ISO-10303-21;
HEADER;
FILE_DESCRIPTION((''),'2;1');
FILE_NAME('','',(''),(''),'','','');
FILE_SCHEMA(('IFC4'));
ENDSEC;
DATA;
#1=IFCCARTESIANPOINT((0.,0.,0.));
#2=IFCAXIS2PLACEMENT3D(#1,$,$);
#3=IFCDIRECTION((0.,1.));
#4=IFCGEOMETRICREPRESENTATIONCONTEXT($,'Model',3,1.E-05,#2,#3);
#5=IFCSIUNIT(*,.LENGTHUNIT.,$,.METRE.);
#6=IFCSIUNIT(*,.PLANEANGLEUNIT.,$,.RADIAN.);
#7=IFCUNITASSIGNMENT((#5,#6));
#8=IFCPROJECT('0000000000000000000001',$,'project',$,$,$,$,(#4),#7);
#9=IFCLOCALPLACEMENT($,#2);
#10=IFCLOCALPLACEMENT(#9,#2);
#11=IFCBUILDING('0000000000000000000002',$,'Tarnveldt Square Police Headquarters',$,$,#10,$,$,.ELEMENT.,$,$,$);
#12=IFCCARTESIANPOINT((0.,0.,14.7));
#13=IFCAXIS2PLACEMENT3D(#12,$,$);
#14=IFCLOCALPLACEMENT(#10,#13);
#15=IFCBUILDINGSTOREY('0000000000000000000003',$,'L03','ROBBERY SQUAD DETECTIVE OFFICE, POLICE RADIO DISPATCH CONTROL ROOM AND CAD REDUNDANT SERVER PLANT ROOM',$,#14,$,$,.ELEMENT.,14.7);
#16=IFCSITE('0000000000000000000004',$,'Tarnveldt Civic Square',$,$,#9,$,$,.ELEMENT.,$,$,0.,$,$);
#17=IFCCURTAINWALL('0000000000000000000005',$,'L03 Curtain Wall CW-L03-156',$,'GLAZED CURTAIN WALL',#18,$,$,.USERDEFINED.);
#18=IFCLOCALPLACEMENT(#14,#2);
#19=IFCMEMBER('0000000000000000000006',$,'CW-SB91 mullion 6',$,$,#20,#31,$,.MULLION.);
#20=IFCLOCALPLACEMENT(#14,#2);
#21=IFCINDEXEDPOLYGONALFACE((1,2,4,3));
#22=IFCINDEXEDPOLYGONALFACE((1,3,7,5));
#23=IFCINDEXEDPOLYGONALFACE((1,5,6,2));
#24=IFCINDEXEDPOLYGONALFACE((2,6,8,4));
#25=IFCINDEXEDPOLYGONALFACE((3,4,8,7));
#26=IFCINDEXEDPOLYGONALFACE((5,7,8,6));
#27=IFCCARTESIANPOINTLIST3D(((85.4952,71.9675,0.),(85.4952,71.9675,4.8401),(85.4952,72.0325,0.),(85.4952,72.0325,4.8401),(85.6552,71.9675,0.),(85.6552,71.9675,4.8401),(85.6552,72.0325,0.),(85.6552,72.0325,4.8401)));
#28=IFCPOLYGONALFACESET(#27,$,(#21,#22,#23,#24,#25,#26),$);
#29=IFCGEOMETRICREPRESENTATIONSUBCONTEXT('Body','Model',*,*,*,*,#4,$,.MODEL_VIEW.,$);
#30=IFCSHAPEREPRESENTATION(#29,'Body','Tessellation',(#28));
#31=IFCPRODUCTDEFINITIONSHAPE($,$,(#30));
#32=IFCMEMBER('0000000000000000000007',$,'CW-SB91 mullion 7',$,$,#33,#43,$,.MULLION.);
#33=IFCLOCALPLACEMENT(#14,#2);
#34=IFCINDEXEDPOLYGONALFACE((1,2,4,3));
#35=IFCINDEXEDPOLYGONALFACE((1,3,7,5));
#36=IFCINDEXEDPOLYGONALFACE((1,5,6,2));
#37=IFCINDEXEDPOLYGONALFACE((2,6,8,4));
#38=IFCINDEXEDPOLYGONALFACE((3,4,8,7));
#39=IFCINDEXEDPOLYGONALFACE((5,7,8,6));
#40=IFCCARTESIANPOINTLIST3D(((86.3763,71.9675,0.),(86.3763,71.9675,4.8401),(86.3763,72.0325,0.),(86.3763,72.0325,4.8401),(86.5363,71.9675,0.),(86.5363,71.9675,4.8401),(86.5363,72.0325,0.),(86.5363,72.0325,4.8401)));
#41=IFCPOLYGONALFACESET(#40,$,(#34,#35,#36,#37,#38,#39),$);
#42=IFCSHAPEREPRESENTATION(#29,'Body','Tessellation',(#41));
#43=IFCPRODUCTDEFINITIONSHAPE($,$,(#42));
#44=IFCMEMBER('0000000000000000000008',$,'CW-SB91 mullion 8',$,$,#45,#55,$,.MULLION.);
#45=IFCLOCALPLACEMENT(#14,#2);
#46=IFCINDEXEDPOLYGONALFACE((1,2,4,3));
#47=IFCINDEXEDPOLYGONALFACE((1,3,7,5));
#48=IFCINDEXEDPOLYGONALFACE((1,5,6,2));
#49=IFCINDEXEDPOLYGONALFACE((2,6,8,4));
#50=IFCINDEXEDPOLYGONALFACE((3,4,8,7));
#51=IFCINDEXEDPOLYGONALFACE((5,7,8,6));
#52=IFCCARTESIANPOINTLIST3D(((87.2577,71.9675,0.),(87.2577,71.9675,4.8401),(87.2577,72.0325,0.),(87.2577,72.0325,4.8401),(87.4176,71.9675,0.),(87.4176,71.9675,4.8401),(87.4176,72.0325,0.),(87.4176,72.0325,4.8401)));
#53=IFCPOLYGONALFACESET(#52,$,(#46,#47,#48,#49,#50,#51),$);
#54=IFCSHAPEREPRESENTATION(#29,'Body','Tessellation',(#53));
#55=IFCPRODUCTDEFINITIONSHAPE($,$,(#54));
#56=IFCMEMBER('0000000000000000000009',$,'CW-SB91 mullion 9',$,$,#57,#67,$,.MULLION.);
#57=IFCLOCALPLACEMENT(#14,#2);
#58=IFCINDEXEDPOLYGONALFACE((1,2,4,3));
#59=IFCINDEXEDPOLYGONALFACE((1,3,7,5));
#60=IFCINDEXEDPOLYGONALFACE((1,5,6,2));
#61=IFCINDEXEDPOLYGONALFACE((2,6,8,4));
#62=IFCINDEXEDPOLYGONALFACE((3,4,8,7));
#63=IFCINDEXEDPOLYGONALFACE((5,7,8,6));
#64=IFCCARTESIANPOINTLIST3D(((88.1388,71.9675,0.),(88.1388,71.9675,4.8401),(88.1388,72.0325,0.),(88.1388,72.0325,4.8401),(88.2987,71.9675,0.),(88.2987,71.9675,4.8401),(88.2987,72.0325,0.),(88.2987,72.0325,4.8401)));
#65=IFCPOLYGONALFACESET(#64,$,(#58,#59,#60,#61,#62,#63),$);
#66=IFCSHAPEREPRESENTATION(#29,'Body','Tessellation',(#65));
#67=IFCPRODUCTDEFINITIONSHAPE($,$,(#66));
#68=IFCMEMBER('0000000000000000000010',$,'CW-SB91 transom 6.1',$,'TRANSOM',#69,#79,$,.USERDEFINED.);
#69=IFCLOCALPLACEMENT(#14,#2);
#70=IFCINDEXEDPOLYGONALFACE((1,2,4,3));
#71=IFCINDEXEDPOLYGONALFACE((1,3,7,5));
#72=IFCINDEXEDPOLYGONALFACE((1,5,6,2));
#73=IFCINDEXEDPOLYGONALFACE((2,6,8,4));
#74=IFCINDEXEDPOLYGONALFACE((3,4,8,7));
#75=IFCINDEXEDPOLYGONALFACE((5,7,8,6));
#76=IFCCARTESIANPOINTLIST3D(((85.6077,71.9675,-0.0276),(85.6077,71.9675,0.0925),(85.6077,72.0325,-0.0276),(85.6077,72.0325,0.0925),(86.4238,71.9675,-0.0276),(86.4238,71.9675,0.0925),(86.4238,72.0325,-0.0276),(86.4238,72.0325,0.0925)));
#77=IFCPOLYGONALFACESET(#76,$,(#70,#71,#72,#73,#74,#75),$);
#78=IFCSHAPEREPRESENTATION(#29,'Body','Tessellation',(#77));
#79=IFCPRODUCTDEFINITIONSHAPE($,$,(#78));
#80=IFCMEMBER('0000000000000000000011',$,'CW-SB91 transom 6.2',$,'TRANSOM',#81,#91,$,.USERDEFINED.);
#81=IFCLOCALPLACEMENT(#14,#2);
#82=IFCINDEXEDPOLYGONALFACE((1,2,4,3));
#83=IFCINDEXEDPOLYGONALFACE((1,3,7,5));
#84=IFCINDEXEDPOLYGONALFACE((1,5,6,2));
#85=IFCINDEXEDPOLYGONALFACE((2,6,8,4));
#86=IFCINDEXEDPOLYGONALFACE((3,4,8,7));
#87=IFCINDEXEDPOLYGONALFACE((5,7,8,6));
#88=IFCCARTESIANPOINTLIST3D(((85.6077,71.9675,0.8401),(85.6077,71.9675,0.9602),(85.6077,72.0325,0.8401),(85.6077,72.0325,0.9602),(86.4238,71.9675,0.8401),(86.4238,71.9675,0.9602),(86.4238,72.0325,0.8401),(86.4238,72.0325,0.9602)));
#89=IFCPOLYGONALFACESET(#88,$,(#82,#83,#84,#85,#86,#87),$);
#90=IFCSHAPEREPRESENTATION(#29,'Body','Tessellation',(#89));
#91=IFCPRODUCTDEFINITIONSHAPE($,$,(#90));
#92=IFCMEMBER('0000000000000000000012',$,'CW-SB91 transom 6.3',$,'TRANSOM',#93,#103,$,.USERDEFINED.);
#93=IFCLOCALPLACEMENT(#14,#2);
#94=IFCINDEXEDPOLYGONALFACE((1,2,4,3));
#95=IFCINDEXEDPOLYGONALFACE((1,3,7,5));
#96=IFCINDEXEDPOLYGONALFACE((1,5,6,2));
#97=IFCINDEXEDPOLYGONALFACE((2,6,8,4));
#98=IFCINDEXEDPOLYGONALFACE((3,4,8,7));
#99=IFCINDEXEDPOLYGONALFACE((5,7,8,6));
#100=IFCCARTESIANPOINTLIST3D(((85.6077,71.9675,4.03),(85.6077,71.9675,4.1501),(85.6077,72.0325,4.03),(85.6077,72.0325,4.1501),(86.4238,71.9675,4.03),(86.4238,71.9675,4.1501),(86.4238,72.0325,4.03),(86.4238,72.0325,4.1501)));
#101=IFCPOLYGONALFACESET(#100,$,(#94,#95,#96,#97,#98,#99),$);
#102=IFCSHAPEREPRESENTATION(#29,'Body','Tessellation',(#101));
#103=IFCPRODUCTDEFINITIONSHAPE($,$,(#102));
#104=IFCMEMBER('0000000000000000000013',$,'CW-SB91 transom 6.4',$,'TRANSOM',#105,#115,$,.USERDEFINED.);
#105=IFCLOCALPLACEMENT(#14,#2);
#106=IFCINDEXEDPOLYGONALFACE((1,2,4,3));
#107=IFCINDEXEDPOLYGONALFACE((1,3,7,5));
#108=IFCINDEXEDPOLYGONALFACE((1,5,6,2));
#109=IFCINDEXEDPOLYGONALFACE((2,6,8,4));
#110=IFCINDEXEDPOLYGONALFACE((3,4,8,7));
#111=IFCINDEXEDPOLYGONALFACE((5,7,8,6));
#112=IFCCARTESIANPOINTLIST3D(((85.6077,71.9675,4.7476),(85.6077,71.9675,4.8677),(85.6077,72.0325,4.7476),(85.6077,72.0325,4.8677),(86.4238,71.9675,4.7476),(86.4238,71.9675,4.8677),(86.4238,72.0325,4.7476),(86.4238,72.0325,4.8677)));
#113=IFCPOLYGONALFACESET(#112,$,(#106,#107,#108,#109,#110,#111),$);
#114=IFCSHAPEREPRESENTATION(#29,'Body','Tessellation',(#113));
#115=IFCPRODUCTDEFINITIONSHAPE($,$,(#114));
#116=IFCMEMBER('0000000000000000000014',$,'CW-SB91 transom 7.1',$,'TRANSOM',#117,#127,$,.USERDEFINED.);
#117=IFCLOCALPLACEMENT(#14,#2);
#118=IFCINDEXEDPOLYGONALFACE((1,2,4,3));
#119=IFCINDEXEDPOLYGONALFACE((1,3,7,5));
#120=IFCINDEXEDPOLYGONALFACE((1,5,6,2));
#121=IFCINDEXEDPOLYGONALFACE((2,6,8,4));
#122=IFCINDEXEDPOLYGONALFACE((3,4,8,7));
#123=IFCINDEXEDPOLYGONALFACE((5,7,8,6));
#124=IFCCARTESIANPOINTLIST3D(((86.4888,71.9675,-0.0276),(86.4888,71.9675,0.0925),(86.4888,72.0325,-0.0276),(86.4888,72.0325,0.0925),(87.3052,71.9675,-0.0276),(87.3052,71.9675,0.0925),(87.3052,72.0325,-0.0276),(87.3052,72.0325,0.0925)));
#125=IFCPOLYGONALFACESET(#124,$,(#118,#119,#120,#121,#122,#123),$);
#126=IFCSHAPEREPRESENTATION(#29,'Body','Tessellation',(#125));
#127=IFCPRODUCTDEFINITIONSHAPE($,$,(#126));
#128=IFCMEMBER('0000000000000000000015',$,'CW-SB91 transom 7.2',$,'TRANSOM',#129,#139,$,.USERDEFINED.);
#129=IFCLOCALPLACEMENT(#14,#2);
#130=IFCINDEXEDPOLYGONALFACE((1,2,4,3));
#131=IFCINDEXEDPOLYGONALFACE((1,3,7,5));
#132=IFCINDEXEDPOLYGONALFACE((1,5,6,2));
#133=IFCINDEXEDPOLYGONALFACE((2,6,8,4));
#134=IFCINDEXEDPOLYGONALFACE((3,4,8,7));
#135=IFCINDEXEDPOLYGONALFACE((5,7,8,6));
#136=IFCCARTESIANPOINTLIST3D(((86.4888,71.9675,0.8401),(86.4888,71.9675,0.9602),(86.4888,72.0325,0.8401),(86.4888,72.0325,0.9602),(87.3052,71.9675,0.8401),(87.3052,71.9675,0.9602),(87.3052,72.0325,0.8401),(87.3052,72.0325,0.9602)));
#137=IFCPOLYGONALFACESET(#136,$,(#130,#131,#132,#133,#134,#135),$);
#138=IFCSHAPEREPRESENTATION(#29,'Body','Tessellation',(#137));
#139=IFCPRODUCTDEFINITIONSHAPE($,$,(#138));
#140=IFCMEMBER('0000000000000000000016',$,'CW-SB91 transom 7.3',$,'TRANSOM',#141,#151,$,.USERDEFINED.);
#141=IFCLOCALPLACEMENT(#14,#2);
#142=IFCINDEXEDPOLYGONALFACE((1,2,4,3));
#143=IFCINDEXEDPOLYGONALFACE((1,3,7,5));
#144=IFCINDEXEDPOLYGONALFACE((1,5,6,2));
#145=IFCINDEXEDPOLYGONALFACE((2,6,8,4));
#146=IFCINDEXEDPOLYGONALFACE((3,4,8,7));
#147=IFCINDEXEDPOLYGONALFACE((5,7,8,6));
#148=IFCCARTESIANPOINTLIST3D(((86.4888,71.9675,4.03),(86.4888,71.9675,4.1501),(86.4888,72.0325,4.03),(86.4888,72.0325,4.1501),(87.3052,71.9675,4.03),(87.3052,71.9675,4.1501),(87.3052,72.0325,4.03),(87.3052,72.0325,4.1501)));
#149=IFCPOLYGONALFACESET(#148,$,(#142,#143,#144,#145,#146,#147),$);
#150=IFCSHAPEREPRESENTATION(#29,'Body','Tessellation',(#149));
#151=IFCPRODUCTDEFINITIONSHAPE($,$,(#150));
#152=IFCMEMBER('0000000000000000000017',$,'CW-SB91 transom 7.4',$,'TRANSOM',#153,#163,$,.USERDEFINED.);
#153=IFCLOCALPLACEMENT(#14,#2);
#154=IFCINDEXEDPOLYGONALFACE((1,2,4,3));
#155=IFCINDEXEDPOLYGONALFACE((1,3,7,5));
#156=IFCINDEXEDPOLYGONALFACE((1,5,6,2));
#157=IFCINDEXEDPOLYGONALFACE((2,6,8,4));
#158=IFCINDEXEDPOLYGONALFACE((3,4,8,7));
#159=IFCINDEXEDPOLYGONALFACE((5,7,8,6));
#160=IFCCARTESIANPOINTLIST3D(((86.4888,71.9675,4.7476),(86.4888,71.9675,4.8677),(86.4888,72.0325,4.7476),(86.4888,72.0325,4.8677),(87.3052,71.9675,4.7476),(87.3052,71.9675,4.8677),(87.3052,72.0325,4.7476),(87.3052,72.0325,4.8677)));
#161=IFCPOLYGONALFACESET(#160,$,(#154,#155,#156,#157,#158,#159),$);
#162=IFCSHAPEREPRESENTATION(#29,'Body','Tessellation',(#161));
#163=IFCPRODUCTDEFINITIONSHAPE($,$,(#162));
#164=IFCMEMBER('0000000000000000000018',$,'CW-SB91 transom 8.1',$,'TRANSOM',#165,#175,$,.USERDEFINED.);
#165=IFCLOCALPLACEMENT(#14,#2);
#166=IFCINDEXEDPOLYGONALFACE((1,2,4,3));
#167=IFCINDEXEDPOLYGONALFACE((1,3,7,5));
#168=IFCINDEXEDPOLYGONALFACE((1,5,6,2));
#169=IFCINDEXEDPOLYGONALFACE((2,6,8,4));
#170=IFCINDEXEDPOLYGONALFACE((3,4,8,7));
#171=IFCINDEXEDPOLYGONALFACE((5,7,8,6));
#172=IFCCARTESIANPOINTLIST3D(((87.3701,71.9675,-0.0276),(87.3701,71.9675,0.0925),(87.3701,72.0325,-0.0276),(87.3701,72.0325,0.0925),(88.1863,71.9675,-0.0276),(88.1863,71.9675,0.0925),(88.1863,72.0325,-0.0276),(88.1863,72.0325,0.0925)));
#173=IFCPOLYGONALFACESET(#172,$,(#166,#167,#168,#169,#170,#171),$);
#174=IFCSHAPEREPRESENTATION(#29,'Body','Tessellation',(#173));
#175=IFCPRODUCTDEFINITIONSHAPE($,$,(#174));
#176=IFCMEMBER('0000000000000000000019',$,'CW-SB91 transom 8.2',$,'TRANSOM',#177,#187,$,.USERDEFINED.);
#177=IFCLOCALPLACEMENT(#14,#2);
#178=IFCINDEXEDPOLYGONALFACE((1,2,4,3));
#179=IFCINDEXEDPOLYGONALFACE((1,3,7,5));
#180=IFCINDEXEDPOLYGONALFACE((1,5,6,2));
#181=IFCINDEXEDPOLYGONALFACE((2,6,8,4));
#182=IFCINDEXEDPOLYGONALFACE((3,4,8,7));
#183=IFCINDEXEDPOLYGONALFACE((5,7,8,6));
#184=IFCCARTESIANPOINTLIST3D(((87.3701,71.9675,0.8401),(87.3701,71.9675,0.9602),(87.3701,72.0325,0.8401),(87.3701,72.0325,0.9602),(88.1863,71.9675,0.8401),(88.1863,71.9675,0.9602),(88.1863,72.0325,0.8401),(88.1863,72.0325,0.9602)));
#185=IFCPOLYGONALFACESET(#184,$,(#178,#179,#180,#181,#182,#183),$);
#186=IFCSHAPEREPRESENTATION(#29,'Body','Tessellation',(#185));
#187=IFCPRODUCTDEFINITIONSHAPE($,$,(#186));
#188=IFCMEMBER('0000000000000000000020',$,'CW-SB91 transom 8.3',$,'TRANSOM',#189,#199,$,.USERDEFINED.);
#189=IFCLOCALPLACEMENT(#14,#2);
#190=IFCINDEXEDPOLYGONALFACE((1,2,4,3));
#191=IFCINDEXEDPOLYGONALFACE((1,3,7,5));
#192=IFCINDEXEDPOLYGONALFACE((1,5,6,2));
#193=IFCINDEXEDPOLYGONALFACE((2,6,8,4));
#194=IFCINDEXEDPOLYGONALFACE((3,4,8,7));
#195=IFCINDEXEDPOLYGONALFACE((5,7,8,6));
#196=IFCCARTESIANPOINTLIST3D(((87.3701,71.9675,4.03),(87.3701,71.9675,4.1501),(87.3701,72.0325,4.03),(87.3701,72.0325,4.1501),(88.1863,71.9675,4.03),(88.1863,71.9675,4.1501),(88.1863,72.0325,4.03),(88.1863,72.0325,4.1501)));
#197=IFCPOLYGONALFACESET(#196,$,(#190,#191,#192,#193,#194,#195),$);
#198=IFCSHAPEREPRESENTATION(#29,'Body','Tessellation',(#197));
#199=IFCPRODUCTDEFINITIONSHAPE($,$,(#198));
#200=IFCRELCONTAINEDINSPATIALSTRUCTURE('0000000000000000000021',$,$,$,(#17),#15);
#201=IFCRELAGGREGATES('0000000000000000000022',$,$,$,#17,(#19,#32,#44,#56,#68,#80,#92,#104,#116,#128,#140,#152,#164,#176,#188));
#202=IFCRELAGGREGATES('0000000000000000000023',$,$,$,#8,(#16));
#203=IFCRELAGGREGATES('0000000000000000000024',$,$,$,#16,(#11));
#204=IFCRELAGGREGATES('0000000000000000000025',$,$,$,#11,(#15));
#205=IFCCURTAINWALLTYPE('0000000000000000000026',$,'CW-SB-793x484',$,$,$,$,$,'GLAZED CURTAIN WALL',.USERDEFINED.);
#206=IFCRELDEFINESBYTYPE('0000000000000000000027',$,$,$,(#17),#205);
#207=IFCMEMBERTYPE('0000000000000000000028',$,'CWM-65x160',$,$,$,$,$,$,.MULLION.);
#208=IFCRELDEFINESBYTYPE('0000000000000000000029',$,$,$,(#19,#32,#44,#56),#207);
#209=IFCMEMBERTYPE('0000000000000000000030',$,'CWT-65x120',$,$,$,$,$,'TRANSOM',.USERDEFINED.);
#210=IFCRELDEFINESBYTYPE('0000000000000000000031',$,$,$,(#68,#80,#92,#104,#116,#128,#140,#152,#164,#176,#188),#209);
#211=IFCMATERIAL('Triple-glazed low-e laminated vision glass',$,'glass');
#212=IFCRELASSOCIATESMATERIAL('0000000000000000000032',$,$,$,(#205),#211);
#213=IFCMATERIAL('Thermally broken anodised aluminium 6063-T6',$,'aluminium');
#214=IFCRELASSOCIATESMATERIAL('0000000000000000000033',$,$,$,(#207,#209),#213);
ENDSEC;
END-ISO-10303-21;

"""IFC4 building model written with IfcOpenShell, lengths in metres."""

from ifc_helpers import new_model, si_unit, direction, frame, origin, origin_2d, place, context, subcontext, project, spatial, rectangle, extrude, material, material_profile, profile_set, type_object, element, aggregate, save


model = new_model("IFC4")

# Units and contexts
model_context = context("Model", 3, precision=1e-05, world=origin(), true_north=direction((0.0, 1.0)))
body_context = subcontext(model_context, "Body", "Model", "MODEL_VIEW")
ifc_project = project(units=[si_unit("LENGTHUNIT", "METRE"), si_unit("PLANEANGLEUNIT", "RADIAN")], contexts=[model_context])

# Site, building, storey
site_placement = place(None, origin())
site = spatial("IfcSite", under=ifc_project, at=site_placement, Name="Tarnveldt Civic Square", CompositionType="ELEMENT", RefElevation=0.0)
building_placement = place(site_placement, origin())
building = spatial("IfcBuilding", under=site, at=building_placement, Name="Tarnveldt Square Police Headquarters", CompositionType="ELEMENT")
storey_placement = place(building_placement, frame((0.0, 0.0, 14.7)))
storey = spatial("IfcBuildingStorey", under=building, at=storey_placement, Name="L03", Description="ROBBERY SQUAD DETECTIVE OFFICE, POLICE RADIO DISPATCH CONTROL ROOM AND CAD REDUNDANT SERVER PLANT ROOM", CompositionType="ELEMENT", Elevation=14.7)

# Curtain wall, members
ifc_material_1 = material(Name="Triple-glazed low-e laminated vision glass", Category="glass")
curtain_wall_type = type_object("IfcCurtainWallType", Name="CW-SB-793x484", ElementType="GLAZED CURTAIN WALL", PredefinedType="USERDEFINED", material=ifc_material_1)
curtain_wall_placement = place(storey_placement, origin())
curtain_wall = element("IfcCurtainWall", 1, at=curtain_wall_placement, inside=storey, type_object=curtain_wall_type, Name="L03 Curtain Wall CW-L03-156", ObjectType="GLAZED CURTAIN WALL", PredefinedType="USERDEFINED")
ifc_material_2 = material(Name="Thermally broken anodised aluminium 6063-T6", Category="aluminium")
ifc_material_profile_1 = material_profile(ifc_material_2, rectangle(XDim=0.0649, YDim=0.1599, at=origin_2d()), Name="CW-M65x160")
ifc_profile_set_1 = profile_set([ifc_material_profile_1], Name="Thermally broken anodised aluminium 6063-T6")
member_type_1 = type_object("IfcMemberType", Name="CWM-65x160", PredefinedType="MULLION", material=ifc_profile_set_1)
member_1_placement = place(storey_placement, frame((85.5752, 72.0, 0.0), z_axis=(0.0, 0.0, 1.0), x_axis=(0.0, 1.0, 0.0)))
member_1 = element("IfcMember", 2, at=member_1_placement, type_object=member_type_1, Name="CW-SB91 mullion 6", PredefinedType="MULLION", context=body_context, shape_type="SweptSolid", body=[
    extrude(rectangle(XDim=0.0649, YDim=0.1599, at=origin_2d()), origin(), (0.0, 0.0, 1.0), 4.8401),
])
member_2_placement = place(storey_placement, frame((86.4563, 72.0, 0.0), z_axis=(0.0, 0.0, 1.0), x_axis=(0.0, 1.0, 0.0)))
member_2 = element("IfcMember", 3, at=member_2_placement, type_object=member_type_1, Name="CW-SB91 mullion 7", PredefinedType="MULLION", context=body_context, shape_type="SweptSolid", body=[
    extrude(rectangle(XDim=0.0649, YDim=0.1599, at=origin_2d()), origin(), (0.0, 0.0, 1.0), 4.8401),
])
member_3_placement = place(storey_placement, frame((87.3376, 72.0, 0.0), z_axis=(0.0, 0.0, 1.0), x_axis=(0.0, 1.0, 0.0)))
member_3 = element("IfcMember", 4, at=member_3_placement, type_object=member_type_1, Name="CW-SB91 mullion 8", PredefinedType="MULLION", context=body_context, shape_type="SweptSolid", body=[
    extrude(rectangle(XDim=0.0649, YDim=0.1599, at=origin_2d()), origin(), (0.0, 0.0, 1.0), 4.8401),
])
member_4_placement = place(storey_placement, frame((88.2188, 72.0, 0.0), z_axis=(0.0, 0.0, 1.0), x_axis=(0.0, 1.0, 0.0)))
member_4 = element("IfcMember", 5, at=member_4_placement, type_object=member_type_1, Name="CW-SB91 mullion 9", PredefinedType="MULLION", context=body_context, shape_type="SweptSolid", body=[
    extrude(rectangle(XDim=0.0649, YDim=0.1599, at=origin_2d()), origin(), (0.0, 0.0, 1.0), 4.8401),
])
ifc_material_profile_2 = material_profile(ifc_material_2, rectangle(XDim=0.0649, YDim=0.1201, at=origin_2d()), Name="CW-T65x120")
ifc_profile_set_2 = profile_set([ifc_material_profile_2], Name="Thermally broken anodised aluminium 6063-T6")
member_type_2 = type_object("IfcMemberType", Name="CWT-65x120", ElementType="TRANSOM", PredefinedType="USERDEFINED", material=ifc_profile_set_2)
member_5_placement = place(storey_placement, frame((85.6077, 72.0, 0.0325), z_axis=(1.0, 0.0, 0.0), x_axis=(0.0, 1.0, 0.0)))
member_5 = element("IfcMember", 6, at=member_5_placement, type_object=member_type_2, Name="CW-SB91 transom 6.1", ObjectType="TRANSOM", PredefinedType="USERDEFINED", context=body_context, shape_type="SweptSolid", body=[
    extrude(rectangle(XDim=0.0649, YDim=0.1201, at=origin_2d()), origin(), (0.0, 0.0, 1.0), 0.8162),
])
member_6_placement = place(storey_placement, frame((85.6077, 72.0, 0.9001), z_axis=(1.0, 0.0, 0.0), x_axis=(0.0, 1.0, 0.0)))
member_6 = element("IfcMember", 7, at=member_6_placement, type_object=member_type_2, Name="CW-SB91 transom 6.2", ObjectType="TRANSOM", PredefinedType="USERDEFINED", context=body_context, shape_type="SweptSolid", body=[
    extrude(rectangle(XDim=0.0649, YDim=0.1201, at=origin_2d()), origin(), (0.0, 0.0, 1.0), 0.8162),
])
member_7_placement = place(storey_placement, frame((85.6077, 72.0, 4.0901), z_axis=(1.0, 0.0, 0.0), x_axis=(0.0, 1.0, 0.0)))
member_7 = element("IfcMember", 8, at=member_7_placement, type_object=member_type_2, Name="CW-SB91 transom 6.3", ObjectType="TRANSOM", PredefinedType="USERDEFINED", context=body_context, shape_type="SweptSolid", body=[
    extrude(rectangle(XDim=0.0649, YDim=0.1201, at=origin_2d()), origin(), (0.0, 0.0, 1.0), 0.8162),
])
member_8_placement = place(storey_placement, frame((85.6077, 72.0, 4.8076), z_axis=(1.0, 0.0, 0.0), x_axis=(0.0, 1.0, 0.0)))
member_8 = element("IfcMember", 9, at=member_8_placement, type_object=member_type_2, Name="CW-SB91 transom 6.4", ObjectType="TRANSOM", PredefinedType="USERDEFINED", context=body_context, shape_type="SweptSolid", body=[
    extrude(rectangle(XDim=0.0649, YDim=0.1201, at=origin_2d()), origin(), (0.0, 0.0, 1.0), 0.8162),
])
member_9_placement = place(storey_placement, frame((86.4888, 72.0, 0.0325), z_axis=(1.0, 0.0, 0.0), x_axis=(0.0, 1.0, 0.0)))
member_9 = element("IfcMember", 10, at=member_9_placement, type_object=member_type_2, Name="CW-SB91 transom 7.1", ObjectType="TRANSOM", PredefinedType="USERDEFINED", context=body_context, shape_type="SweptSolid", body=[
    extrude(rectangle(XDim=0.0649, YDim=0.1201, at=origin_2d()), origin(), (0.0, 0.0, 1.0), 0.8164),
])
member_10_placement = place(storey_placement, frame((86.4888, 72.0, 0.9001), z_axis=(1.0, 0.0, 0.0), x_axis=(0.0, 1.0, 0.0)))
member_10 = element("IfcMember", 11, at=member_10_placement, type_object=member_type_2, Name="CW-SB91 transom 7.2", ObjectType="TRANSOM", PredefinedType="USERDEFINED", context=body_context, shape_type="SweptSolid", body=[
    extrude(rectangle(XDim=0.0649, YDim=0.1201, at=origin_2d()), origin(), (0.0, 0.0, 1.0), 0.8164),
])
member_11_placement = place(storey_placement, frame((86.4888, 72.0, 4.0901), z_axis=(1.0, 0.0, 0.0), x_axis=(0.0, 1.0, 0.0)))
member_11 = element("IfcMember", 12, at=member_11_placement, type_object=member_type_2, Name="CW-SB91 transom 7.3", ObjectType="TRANSOM", PredefinedType="USERDEFINED", context=body_context, shape_type="SweptSolid", body=[
    extrude(rectangle(XDim=0.0649, YDim=0.1201, at=origin_2d()), origin(), (0.0, 0.0, 1.0), 0.8164),
])
member_12_placement = place(storey_placement, frame((86.4888, 72.0, 4.8076), z_axis=(1.0, 0.0, 0.0), x_axis=(0.0, 1.0, 0.0)))
member_12 = element("IfcMember", 13, at=member_12_placement, type_object=member_type_2, Name="CW-SB91 transom 7.4", ObjectType="TRANSOM", PredefinedType="USERDEFINED", context=body_context, shape_type="SweptSolid", body=[
    extrude(rectangle(XDim=0.0649, YDim=0.1201, at=origin_2d()), origin(), (0.0, 0.0, 1.0), 0.8164),
])
member_13_placement = place(storey_placement, frame((87.3701, 72.0, 0.0325), z_axis=(1.0, 0.0, 0.0), x_axis=(0.0, 1.0, 0.0)))
member_13 = element("IfcMember", 14, at=member_13_placement, type_object=member_type_2, Name="CW-SB91 transom 8.1", ObjectType="TRANSOM", PredefinedType="USERDEFINED", context=body_context, shape_type="SweptSolid", body=[
    extrude(rectangle(XDim=0.0649, YDim=0.1201, at=origin_2d()), origin(), (0.0, 0.0, 1.0), 0.8162),
])
member_14_placement = place(storey_placement, frame((87.3701, 72.0, 0.9001), z_axis=(1.0, 0.0, 0.0), x_axis=(0.0, 1.0, 0.0)))
member_14 = element("IfcMember", 15, at=member_14_placement, type_object=member_type_2, Name="CW-SB91 transom 8.2", ObjectType="TRANSOM", PredefinedType="USERDEFINED", context=body_context, shape_type="SweptSolid", body=[
    extrude(rectangle(XDim=0.0649, YDim=0.1201, at=origin_2d()), origin(), (0.0, 0.0, 1.0), 0.8162),
])
member_15_placement = place(storey_placement, frame((87.3701, 72.0, 4.0901), z_axis=(1.0, 0.0, 0.0), x_axis=(0.0, 1.0, 0.0)))
member_15 = element("IfcMember", 16, at=member_15_placement, type_object=member_type_2, Name="CW-SB91 transom 8.3", ObjectType="TRANSOM", PredefinedType="USERDEFINED", context=body_context, shape_type="SweptSolid", body=[
    extrude(rectangle(XDim=0.0649, YDim=0.1201, at=origin_2d()), origin(), (0.0, 0.0, 1.0), 0.8162),
])
aggregate(curtain_wall, [member_1, member_2, member_3, member_4, member_5, member_6, member_7, member_8, member_9, member_10, member_11, member_12, member_13, member_14, member_15])

save(model, "model.ifc")
